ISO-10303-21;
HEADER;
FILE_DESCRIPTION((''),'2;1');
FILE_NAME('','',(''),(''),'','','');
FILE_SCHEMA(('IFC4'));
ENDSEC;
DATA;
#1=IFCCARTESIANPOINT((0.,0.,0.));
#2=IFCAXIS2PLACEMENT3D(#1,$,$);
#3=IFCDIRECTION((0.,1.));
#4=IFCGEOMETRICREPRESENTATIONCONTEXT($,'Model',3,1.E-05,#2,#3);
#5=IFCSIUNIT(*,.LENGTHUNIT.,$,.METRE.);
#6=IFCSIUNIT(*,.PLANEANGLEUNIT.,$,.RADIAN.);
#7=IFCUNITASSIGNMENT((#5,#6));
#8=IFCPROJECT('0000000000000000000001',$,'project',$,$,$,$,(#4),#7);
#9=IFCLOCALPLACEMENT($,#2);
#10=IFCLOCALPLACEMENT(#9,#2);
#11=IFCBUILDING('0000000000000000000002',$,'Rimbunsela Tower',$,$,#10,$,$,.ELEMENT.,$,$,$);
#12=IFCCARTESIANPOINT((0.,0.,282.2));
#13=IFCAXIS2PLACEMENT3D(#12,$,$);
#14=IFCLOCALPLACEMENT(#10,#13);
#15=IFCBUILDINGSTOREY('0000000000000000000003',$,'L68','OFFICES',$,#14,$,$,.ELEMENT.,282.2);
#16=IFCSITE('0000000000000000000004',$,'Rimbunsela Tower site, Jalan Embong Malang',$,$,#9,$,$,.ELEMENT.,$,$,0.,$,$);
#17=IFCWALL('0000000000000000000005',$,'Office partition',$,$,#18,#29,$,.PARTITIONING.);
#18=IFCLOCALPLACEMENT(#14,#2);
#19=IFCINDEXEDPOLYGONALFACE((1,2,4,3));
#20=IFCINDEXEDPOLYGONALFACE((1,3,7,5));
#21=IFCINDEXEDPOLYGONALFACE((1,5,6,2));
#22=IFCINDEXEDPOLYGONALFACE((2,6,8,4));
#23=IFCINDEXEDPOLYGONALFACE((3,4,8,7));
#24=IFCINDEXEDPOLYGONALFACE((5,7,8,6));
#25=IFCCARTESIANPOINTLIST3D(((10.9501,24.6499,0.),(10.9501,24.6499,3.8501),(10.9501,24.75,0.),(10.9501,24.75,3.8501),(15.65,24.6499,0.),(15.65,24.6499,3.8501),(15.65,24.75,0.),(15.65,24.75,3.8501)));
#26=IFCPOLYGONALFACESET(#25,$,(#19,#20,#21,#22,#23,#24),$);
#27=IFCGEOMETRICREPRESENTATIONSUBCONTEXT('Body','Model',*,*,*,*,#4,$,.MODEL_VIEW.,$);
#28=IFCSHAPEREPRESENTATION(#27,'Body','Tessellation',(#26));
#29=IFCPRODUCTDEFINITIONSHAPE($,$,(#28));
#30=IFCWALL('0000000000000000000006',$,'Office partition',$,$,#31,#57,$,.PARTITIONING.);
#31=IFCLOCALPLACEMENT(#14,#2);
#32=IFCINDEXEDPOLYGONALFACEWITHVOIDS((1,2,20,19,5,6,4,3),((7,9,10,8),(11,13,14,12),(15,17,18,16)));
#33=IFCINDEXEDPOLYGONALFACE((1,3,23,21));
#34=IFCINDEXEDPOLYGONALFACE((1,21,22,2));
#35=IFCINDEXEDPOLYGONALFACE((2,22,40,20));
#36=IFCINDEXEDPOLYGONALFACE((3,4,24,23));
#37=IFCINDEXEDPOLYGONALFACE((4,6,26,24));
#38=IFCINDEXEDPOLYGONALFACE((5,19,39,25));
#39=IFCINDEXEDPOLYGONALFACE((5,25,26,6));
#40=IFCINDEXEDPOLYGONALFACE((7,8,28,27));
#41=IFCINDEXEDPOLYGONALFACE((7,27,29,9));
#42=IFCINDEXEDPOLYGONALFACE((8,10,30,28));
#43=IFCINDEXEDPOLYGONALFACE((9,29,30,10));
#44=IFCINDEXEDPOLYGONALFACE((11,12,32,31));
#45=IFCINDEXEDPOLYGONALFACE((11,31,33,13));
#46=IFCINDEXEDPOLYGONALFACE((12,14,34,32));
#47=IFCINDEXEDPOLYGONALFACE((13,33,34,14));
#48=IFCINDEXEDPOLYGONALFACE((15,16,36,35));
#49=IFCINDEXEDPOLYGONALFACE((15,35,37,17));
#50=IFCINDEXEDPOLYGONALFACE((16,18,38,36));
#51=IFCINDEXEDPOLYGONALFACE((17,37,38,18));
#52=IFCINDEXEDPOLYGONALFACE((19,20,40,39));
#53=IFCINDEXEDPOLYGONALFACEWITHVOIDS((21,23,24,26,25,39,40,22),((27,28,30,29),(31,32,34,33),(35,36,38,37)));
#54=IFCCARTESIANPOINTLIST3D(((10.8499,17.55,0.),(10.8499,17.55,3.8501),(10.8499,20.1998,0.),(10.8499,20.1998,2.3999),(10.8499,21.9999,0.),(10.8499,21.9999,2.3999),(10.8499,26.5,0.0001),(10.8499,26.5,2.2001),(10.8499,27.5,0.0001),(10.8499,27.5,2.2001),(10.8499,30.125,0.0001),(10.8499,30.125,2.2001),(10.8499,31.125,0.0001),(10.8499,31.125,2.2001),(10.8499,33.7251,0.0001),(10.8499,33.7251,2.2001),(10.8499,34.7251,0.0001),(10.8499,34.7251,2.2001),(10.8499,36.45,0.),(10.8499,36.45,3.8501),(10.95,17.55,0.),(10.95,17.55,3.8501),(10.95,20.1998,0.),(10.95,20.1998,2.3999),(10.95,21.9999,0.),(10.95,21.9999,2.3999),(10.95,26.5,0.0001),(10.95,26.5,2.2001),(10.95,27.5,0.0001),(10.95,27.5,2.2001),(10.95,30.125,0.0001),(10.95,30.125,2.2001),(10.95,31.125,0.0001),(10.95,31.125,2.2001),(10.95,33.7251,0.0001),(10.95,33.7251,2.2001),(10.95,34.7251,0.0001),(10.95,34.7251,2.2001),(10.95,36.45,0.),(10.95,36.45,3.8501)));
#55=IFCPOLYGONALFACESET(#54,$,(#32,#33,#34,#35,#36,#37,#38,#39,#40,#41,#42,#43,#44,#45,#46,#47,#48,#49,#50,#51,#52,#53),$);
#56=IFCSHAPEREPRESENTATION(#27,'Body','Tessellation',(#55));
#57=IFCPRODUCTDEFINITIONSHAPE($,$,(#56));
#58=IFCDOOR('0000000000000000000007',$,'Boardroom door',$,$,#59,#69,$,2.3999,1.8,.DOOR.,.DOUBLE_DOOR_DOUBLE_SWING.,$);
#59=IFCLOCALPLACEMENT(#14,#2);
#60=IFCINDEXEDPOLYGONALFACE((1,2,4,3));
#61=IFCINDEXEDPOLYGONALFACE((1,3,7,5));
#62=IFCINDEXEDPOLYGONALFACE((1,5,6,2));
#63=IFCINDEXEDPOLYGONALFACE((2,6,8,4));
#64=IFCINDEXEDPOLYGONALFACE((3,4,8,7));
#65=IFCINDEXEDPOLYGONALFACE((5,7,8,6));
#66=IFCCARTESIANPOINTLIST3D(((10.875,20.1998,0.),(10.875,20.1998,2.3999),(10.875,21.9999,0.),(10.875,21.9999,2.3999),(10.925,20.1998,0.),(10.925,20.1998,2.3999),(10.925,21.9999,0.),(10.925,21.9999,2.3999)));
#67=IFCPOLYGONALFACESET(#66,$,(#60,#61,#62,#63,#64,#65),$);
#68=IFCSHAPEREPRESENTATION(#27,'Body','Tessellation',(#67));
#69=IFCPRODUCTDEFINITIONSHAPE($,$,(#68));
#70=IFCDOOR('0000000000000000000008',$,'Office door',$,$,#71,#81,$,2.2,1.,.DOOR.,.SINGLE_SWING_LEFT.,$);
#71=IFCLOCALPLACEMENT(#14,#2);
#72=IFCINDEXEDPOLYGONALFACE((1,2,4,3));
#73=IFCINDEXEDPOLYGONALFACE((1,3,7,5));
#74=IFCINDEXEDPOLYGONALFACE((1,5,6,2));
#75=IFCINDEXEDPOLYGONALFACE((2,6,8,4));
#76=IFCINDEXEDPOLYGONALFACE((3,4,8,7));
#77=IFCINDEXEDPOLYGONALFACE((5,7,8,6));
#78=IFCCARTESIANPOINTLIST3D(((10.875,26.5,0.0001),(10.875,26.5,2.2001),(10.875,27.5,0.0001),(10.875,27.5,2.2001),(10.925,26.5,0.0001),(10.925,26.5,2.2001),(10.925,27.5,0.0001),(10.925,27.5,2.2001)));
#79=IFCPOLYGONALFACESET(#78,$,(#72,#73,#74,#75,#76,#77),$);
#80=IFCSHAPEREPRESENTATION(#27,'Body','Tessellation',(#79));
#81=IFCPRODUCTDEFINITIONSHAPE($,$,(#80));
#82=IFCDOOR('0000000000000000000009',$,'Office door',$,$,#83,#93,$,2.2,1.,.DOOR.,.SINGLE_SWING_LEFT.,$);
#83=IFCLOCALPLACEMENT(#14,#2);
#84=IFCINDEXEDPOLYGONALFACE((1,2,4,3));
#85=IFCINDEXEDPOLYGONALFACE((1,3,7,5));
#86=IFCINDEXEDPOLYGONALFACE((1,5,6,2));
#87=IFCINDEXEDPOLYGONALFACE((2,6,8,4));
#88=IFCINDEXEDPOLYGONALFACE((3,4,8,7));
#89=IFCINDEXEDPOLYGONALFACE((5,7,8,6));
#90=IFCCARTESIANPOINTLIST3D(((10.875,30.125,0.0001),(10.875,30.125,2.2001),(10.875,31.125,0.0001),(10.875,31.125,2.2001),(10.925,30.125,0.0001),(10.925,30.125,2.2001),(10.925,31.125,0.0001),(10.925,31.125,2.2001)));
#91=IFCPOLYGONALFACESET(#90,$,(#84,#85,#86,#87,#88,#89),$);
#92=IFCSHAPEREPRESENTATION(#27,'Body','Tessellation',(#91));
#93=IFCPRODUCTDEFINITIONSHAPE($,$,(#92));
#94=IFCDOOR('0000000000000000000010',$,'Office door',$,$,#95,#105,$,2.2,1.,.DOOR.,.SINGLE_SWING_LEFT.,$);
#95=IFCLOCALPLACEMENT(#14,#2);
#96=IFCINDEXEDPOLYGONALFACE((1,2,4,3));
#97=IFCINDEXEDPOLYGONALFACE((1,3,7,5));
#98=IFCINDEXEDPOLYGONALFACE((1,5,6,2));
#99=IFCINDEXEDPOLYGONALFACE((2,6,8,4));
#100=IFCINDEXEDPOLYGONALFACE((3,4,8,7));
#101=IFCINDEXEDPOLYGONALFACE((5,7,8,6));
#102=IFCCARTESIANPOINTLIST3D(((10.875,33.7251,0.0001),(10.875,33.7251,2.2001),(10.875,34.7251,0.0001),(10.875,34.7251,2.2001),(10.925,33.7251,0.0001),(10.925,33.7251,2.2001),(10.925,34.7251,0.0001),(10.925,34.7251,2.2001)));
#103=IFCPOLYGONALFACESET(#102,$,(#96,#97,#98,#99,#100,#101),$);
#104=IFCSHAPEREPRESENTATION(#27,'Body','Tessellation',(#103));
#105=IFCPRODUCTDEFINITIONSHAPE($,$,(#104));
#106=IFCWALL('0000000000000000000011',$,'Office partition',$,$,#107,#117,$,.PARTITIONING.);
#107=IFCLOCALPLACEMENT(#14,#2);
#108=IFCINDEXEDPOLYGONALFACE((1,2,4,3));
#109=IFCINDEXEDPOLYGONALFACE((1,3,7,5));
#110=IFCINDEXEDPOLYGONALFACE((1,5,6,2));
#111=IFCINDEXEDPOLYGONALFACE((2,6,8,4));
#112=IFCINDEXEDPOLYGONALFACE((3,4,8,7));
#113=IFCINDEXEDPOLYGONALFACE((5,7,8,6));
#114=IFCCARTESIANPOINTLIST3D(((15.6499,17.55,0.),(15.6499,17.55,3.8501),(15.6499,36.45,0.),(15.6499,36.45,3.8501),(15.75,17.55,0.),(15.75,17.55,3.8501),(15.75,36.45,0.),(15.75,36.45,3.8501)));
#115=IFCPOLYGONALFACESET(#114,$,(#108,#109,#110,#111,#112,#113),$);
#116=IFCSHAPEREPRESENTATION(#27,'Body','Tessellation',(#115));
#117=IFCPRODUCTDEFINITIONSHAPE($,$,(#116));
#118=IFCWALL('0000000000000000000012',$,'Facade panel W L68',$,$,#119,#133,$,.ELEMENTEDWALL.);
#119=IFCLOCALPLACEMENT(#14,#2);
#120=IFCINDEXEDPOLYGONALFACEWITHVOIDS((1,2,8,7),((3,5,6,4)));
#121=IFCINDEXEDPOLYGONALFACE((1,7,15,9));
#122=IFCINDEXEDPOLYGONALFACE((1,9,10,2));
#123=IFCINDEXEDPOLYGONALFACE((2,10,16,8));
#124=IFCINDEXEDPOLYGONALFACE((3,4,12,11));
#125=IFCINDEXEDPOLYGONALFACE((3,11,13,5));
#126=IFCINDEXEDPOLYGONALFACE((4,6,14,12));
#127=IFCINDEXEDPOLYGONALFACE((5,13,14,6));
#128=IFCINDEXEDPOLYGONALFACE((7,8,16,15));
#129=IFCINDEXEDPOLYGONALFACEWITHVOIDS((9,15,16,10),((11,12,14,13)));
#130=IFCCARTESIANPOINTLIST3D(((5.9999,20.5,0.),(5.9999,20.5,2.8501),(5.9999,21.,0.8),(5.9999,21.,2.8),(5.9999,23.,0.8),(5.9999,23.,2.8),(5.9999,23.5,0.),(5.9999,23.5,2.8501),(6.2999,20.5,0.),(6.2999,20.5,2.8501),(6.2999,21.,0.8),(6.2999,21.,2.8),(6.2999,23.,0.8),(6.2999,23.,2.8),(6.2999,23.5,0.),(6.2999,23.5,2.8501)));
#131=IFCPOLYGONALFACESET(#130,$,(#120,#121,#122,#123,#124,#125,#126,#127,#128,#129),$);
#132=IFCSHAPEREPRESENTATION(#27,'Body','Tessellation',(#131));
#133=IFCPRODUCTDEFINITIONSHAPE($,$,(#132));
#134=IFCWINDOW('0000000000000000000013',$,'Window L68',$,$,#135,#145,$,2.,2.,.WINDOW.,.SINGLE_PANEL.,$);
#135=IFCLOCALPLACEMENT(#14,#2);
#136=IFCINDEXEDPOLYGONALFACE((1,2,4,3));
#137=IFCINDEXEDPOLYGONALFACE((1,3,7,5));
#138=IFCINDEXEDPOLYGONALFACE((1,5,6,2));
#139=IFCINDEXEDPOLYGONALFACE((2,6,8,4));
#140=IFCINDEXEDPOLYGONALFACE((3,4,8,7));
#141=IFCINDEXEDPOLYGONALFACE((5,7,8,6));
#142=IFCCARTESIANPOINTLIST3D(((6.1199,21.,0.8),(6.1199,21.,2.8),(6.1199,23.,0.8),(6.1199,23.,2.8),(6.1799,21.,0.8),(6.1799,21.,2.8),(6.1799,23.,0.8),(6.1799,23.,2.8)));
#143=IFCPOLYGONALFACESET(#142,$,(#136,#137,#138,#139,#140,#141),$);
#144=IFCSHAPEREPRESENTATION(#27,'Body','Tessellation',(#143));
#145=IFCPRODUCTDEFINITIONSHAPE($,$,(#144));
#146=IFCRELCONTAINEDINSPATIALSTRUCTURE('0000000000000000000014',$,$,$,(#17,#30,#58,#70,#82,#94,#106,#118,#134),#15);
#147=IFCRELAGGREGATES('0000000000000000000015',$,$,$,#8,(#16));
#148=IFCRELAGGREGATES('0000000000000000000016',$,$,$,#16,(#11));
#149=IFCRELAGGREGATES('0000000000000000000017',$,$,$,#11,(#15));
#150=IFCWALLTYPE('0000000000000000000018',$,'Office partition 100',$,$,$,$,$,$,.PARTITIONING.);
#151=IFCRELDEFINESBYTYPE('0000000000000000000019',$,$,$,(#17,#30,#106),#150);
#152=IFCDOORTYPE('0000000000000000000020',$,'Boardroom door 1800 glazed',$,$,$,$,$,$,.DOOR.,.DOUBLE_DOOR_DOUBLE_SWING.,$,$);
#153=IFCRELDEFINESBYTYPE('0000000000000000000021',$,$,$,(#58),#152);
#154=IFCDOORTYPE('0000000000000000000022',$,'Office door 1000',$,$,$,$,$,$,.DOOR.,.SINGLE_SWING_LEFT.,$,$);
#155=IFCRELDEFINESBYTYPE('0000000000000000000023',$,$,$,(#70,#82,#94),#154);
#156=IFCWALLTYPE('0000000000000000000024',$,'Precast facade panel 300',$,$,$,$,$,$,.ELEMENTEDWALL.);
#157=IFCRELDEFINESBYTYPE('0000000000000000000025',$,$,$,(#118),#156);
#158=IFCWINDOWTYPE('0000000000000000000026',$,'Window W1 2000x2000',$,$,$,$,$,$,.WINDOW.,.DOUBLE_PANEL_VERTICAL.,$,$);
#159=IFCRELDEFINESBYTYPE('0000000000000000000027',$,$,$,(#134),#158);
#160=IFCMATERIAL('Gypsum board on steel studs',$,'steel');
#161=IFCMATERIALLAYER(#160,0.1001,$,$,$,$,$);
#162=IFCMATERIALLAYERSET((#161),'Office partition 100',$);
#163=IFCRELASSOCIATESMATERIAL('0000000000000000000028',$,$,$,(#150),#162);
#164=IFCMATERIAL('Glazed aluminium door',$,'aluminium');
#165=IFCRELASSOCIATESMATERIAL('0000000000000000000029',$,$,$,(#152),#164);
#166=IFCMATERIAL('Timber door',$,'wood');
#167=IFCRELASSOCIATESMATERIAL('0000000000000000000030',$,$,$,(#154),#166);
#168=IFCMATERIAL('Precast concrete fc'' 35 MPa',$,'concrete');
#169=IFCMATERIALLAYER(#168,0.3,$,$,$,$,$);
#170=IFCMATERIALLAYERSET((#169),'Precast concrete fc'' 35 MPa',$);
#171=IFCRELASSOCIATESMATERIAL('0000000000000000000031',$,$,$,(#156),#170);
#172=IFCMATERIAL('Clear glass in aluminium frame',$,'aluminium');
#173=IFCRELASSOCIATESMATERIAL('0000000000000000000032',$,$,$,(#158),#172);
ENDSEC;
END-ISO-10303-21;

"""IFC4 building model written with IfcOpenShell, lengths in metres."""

from ifc_helpers import new_model, si_unit, direction, frame, frame_2d, origin, place, context, subcontext, project, spatial, rectangle, extrude, material, layer, layer_set, type_object, element, fill, save


model = new_model("IFC4")

# Units and contexts
model_context = context("Model", 3, precision=1e-05, world=origin(), true_north=direction((0.0, 1.0)))
body_context = subcontext(model_context, "Body", "Model", "MODEL_VIEW")
ifc_project = project(units=[si_unit("LENGTHUNIT", "METRE"), si_unit("PLANEANGLEUNIT", "RADIAN")], contexts=[model_context])

# Site, building, storey
site_placement = place(None, origin())
site = spatial("IfcSite", under=ifc_project, at=site_placement, Name="Rimbunsela Tower site, Jalan Embong Malang", CompositionType="ELEMENT", RefElevation=0.0)
building_placement = place(site_placement, origin())
building = spatial("IfcBuilding", under=site, at=building_placement, Name="Rimbunsela Tower", CompositionType="ELEMENT")
storey_placement = place(building_placement, frame((0.0, 0.0, 282.2)))
storey = spatial("IfcBuildingStorey", under=building, at=storey_placement, Name="L68", Description="OFFICES", CompositionType="ELEMENT", Elevation=282.2)

# Wall
ifc_material_1 = material(Name="Gypsum board on steel studs", Category="steel")
ifc_layer_1 = layer(ifc_material_1, 0.1001)
ifc_layer_set_1 = layer_set([ifc_layer_1], Name="Office partition 100")
wall_type_1 = type_object("IfcWallType", Name="Office partition 100", PredefinedType="PARTITIONING", material=ifc_layer_set_1)
wall_1_placement = place(storey_placement, frame((10.95, 24.7, 0.0), z_axis=(0.0, 0.0, 1.0), x_axis=(1.0, 0.0, 0.0)))
element("IfcWall", 1, at=wall_1_placement, inside=storey, type_object=wall_type_1, Name="Office partition", PredefinedType="PARTITIONING", context=body_context, shape_type="SweptSolid", body=[
    extrude(rectangle(XDim=4.7, YDim=0.1001, at=frame_2d((2.3501, 0.0))), origin(), (0.0, 0.0, 1.0), 3.8501),
])

# Wall, openings, doors
wall_2_placement = place(storey_placement, frame((10.8999, 17.55, 0.0), z_axis=(0.0, 0.0, 1.0), x_axis=(0.0, 1.0, 0.0)))
wall_2 = element("IfcWall", 2, at=wall_2_placement, inside=storey, type_object=wall_type_1, Name="Office partition", PredefinedType="PARTITIONING", context=body_context, shape_type="SweptSolid", body=[
    extrude(rectangle(XDim=18.8999, YDim=0.1001, at=frame_2d((9.45, 0.0))), origin(), (0.0, 0.0, 1.0), 3.8501),
])
opening_1_placement = place(wall_2_placement, frame((2.6499, 0.0, 0.0)))
opening_1 = element("IfcOpeningElement", 3, at=opening_1_placement, cuts=wall_2, PredefinedType="OPENING", context=body_context, shape_type="SweptSolid", body=[
    extrude(rectangle(XDim=1.8, YDim=2.3999, at=frame_2d((0.8999, 1.2))), frame((0.0, 0.0601, 0.0), z_axis=(0.0, -1.0, 0.0), x_axis=(1.0, 0.0, 0.0)), (0.0, 0.0, 1.0), 0.1201),
])
opening_2_placement = place(wall_2_placement, frame((8.95, 0.0, 0.0)))
opening_2 = element("IfcOpeningElement", 4, at=opening_2_placement, cuts=wall_2, PredefinedType="OPENING", context=body_context, shape_type="SweptSolid", body=[
    extrude(rectangle(XDim=1.0, YDim=2.2, at=frame_2d((0.5, 1.1001))), frame((0.0, 0.0601, 0.0), z_axis=(0.0, -1.0, 0.0), x_axis=(1.0, 0.0, 0.0)), (0.0, 0.0, 1.0), 0.1201),
])
opening_3_placement = place(wall_2_placement, frame((12.575, 0.0, 0.0)))
opening_3 = element("IfcOpeningElement", 5, at=opening_3_placement, cuts=wall_2, PredefinedType="OPENING", context=body_context, shape_type="SweptSolid", body=[
    extrude(rectangle(XDim=1.0, YDim=2.2, at=frame_2d((0.5, 1.1001))), frame((0.0, 0.0601, 0.0), z_axis=(0.0, -1.0, 0.0), x_axis=(1.0, 0.0, 0.0)), (0.0, 0.0, 1.0), 0.1201),
])
opening_4_placement = place(wall_2_placement, frame((16.175, 0.0, 0.0)))
opening_4 = element("IfcOpeningElement", 6, at=opening_4_placement, cuts=wall_2, PredefinedType="OPENING", context=body_context, shape_type="SweptSolid", body=[
    extrude(rectangle(XDim=1.0, YDim=2.2, at=frame_2d((0.5, 1.1001))), frame((0.0, 0.0601, 0.0), z_axis=(0.0, -1.0, 0.0), x_axis=(1.0, 0.0, 0.0)), (0.0, 0.0, 1.0), 0.1201),
])
ifc_material_2 = material(Name="Glazed aluminium door", Category="aluminium")
door_type_1 = type_object("IfcDoorType", Name="Boardroom door 1800 glazed", OperationType="DOUBLE_DOOR_DOUBLE_SWING", PredefinedType="DOOR", material=ifc_material_2)
door_1_placement = place(opening_1_placement, origin())
door_1 = element("IfcDoor", 7, at=door_1_placement, inside=storey, type_object=door_type_1, Name="Boardroom door", OperationType="DOUBLE_DOOR_DOUBLE_SWING", OverallHeight=2.3999, OverallWidth=1.8, PredefinedType="DOOR", context=body_context, shape_type="SweptSolid", body=[
    extrude(rectangle(XDim=1.8, YDim=2.3999, at=frame_2d((0.8999, 1.2))), frame((0.0, 0.0249, 0.0), z_axis=(0.0, -1.0, 0.0), x_axis=(1.0, 0.0, 0.0)), (0.0, 0.0, 1.0), 0.05),
])
fill(opening_1, door_1)
ifc_material_3 = material(Name="Timber door", Category="wood")
door_type_2 = type_object("IfcDoorType", Name="Office door 1000", OperationType="SINGLE_SWING_LEFT", PredefinedType="DOOR", material=ifc_material_3)
door_2_placement = place(opening_2_placement, origin())
door_2 = element("IfcDoor", 8, at=door_2_placement, inside=storey, type_object=door_type_2, Name="Office door", OperationType="SINGLE_SWING_LEFT", OverallHeight=2.2, OverallWidth=1.0, PredefinedType="DOOR", context=body_context, shape_type="SweptSolid", body=[
    extrude(rectangle(XDim=1.0, YDim=2.2, at=frame_2d((0.5, 1.1001))), frame((0.0, 0.0249, 0.0), z_axis=(0.0, -1.0, 0.0), x_axis=(1.0, 0.0, 0.0)), (0.0, 0.0, 1.0), 0.05),
])
fill(opening_2, door_2)
door_3_placement = place(opening_3_placement, origin())
door_3 = element("IfcDoor", 9, at=door_3_placement, inside=storey, type_object=door_type_2, Name="Office door", OperationType="SINGLE_SWING_LEFT", OverallHeight=2.2, OverallWidth=1.0, PredefinedType="DOOR", context=body_context, shape_type="SweptSolid", body=[
    extrude(rectangle(XDim=1.0, YDim=2.2, at=frame_2d((0.5, 1.1001))), frame((0.0, 0.0249, 0.0), z_axis=(0.0, -1.0, 0.0), x_axis=(1.0, 0.0, 0.0)), (0.0, 0.0, 1.0), 0.05),
])
fill(opening_3, door_3)
door_4_placement = place(opening_4_placement, origin())
door_4 = element("IfcDoor", 10, at=door_4_placement, inside=storey, type_object=door_type_2, Name="Office door", OperationType="SINGLE_SWING_LEFT", OverallHeight=2.2, OverallWidth=1.0, PredefinedType="DOOR", context=body_context, shape_type="SweptSolid", body=[
    extrude(rectangle(XDim=1.0, YDim=2.2, at=frame_2d((0.5, 1.1001))), frame((0.0, 0.0249, 0.0), z_axis=(0.0, -1.0, 0.0), x_axis=(1.0, 0.0, 0.0)), (0.0, 0.0, 1.0), 0.05),
])
fill(opening_4, door_4)

# Wall
wall_3_placement = place(storey_placement, frame((15.7, 17.55, 0.0), z_axis=(0.0, 0.0, 1.0), x_axis=(0.0, 1.0, 0.0)))
element("IfcWall", 11, at=wall_3_placement, inside=storey, type_object=wall_type_1, Name="Office partition", PredefinedType="PARTITIONING", context=body_context, shape_type="SweptSolid", body=[
    extrude(rectangle(XDim=18.8999, YDim=0.1001, at=frame_2d((9.45, 0.0))), origin(), (0.0, 0.0, 1.0), 3.8501),
])

# Wall, opening, window
ifc_material_4 = material(Name="Precast concrete fc' 35 MPa", Category="concrete")
ifc_layer_2 = layer(ifc_material_4, 0.3)
ifc_layer_set_2 = layer_set([ifc_layer_2], Name="Precast concrete fc' 35 MPa")
wall_type_2 = type_object("IfcWallType", Name="Precast facade panel 300", PredefinedType="ELEMENTEDWALL", material=ifc_layer_set_2)
wall_4_placement = place(storey_placement, frame((6.1499, 23.5, 0.0), z_axis=(0.0, 0.0, 1.0), x_axis=(0.0, -1.0, 0.0)))
wall_4 = element("IfcWall", 12, at=wall_4_placement, inside=storey, type_object=wall_type_2, Name="Facade panel W L68", PredefinedType="ELEMENTEDWALL", context=body_context, shape_type="SweptSolid", body=[
    extrude(rectangle(XDim=3.0, YDim=0.3, at=frame_2d((1.5, 0.0))), origin(), (0.0, 0.0, 1.0), 2.8501),
])
opening_5_placement = place(wall_4_placement, frame((0.5, 0.0, 0.8)))
opening_5 = element("IfcOpeningElement", 13, at=opening_5_placement, cuts=wall_4, PredefinedType="OPENING", context=body_context, shape_type="SweptSolid", body=[
    extrude(rectangle(XDim=2.0, YDim=2.0, at=frame_2d((1.0, 1.0))), frame((0.0, 0.1599, 0.0), z_axis=(0.0, -1.0, 0.0), x_axis=(1.0, 0.0, 0.0)), (0.0, 0.0, 1.0), 0.3201),
])
ifc_material_5 = material(Name="Clear glass in aluminium frame", Category="aluminium")
window_type = type_object("IfcWindowType", Name="Window W1 2000x2000", PartitioningType="DOUBLE_PANEL_VERTICAL", PredefinedType="WINDOW", material=ifc_material_5)
window_placement = place(opening_5_placement, origin())
window = element("IfcWindow", 14, at=window_placement, inside=storey, type_object=window_type, Name="Window L68", OverallHeight=2.0, OverallWidth=2.0, PartitioningType="SINGLE_PANEL", PredefinedType="WINDOW", context=body_context, shape_type="SweptSolid", body=[
    extrude(rectangle(XDim=2.0, YDim=2.0, at=frame_2d((1.0, 1.0))), frame((0.0, 0.03, 0.0), z_axis=(0.0, -1.0, 0.0), x_axis=(1.0, 0.0, 0.0)), (0.0, 0.0, 1.0), 0.0601),
])
fill(opening_5, window)

save(model, "model.ifc")
